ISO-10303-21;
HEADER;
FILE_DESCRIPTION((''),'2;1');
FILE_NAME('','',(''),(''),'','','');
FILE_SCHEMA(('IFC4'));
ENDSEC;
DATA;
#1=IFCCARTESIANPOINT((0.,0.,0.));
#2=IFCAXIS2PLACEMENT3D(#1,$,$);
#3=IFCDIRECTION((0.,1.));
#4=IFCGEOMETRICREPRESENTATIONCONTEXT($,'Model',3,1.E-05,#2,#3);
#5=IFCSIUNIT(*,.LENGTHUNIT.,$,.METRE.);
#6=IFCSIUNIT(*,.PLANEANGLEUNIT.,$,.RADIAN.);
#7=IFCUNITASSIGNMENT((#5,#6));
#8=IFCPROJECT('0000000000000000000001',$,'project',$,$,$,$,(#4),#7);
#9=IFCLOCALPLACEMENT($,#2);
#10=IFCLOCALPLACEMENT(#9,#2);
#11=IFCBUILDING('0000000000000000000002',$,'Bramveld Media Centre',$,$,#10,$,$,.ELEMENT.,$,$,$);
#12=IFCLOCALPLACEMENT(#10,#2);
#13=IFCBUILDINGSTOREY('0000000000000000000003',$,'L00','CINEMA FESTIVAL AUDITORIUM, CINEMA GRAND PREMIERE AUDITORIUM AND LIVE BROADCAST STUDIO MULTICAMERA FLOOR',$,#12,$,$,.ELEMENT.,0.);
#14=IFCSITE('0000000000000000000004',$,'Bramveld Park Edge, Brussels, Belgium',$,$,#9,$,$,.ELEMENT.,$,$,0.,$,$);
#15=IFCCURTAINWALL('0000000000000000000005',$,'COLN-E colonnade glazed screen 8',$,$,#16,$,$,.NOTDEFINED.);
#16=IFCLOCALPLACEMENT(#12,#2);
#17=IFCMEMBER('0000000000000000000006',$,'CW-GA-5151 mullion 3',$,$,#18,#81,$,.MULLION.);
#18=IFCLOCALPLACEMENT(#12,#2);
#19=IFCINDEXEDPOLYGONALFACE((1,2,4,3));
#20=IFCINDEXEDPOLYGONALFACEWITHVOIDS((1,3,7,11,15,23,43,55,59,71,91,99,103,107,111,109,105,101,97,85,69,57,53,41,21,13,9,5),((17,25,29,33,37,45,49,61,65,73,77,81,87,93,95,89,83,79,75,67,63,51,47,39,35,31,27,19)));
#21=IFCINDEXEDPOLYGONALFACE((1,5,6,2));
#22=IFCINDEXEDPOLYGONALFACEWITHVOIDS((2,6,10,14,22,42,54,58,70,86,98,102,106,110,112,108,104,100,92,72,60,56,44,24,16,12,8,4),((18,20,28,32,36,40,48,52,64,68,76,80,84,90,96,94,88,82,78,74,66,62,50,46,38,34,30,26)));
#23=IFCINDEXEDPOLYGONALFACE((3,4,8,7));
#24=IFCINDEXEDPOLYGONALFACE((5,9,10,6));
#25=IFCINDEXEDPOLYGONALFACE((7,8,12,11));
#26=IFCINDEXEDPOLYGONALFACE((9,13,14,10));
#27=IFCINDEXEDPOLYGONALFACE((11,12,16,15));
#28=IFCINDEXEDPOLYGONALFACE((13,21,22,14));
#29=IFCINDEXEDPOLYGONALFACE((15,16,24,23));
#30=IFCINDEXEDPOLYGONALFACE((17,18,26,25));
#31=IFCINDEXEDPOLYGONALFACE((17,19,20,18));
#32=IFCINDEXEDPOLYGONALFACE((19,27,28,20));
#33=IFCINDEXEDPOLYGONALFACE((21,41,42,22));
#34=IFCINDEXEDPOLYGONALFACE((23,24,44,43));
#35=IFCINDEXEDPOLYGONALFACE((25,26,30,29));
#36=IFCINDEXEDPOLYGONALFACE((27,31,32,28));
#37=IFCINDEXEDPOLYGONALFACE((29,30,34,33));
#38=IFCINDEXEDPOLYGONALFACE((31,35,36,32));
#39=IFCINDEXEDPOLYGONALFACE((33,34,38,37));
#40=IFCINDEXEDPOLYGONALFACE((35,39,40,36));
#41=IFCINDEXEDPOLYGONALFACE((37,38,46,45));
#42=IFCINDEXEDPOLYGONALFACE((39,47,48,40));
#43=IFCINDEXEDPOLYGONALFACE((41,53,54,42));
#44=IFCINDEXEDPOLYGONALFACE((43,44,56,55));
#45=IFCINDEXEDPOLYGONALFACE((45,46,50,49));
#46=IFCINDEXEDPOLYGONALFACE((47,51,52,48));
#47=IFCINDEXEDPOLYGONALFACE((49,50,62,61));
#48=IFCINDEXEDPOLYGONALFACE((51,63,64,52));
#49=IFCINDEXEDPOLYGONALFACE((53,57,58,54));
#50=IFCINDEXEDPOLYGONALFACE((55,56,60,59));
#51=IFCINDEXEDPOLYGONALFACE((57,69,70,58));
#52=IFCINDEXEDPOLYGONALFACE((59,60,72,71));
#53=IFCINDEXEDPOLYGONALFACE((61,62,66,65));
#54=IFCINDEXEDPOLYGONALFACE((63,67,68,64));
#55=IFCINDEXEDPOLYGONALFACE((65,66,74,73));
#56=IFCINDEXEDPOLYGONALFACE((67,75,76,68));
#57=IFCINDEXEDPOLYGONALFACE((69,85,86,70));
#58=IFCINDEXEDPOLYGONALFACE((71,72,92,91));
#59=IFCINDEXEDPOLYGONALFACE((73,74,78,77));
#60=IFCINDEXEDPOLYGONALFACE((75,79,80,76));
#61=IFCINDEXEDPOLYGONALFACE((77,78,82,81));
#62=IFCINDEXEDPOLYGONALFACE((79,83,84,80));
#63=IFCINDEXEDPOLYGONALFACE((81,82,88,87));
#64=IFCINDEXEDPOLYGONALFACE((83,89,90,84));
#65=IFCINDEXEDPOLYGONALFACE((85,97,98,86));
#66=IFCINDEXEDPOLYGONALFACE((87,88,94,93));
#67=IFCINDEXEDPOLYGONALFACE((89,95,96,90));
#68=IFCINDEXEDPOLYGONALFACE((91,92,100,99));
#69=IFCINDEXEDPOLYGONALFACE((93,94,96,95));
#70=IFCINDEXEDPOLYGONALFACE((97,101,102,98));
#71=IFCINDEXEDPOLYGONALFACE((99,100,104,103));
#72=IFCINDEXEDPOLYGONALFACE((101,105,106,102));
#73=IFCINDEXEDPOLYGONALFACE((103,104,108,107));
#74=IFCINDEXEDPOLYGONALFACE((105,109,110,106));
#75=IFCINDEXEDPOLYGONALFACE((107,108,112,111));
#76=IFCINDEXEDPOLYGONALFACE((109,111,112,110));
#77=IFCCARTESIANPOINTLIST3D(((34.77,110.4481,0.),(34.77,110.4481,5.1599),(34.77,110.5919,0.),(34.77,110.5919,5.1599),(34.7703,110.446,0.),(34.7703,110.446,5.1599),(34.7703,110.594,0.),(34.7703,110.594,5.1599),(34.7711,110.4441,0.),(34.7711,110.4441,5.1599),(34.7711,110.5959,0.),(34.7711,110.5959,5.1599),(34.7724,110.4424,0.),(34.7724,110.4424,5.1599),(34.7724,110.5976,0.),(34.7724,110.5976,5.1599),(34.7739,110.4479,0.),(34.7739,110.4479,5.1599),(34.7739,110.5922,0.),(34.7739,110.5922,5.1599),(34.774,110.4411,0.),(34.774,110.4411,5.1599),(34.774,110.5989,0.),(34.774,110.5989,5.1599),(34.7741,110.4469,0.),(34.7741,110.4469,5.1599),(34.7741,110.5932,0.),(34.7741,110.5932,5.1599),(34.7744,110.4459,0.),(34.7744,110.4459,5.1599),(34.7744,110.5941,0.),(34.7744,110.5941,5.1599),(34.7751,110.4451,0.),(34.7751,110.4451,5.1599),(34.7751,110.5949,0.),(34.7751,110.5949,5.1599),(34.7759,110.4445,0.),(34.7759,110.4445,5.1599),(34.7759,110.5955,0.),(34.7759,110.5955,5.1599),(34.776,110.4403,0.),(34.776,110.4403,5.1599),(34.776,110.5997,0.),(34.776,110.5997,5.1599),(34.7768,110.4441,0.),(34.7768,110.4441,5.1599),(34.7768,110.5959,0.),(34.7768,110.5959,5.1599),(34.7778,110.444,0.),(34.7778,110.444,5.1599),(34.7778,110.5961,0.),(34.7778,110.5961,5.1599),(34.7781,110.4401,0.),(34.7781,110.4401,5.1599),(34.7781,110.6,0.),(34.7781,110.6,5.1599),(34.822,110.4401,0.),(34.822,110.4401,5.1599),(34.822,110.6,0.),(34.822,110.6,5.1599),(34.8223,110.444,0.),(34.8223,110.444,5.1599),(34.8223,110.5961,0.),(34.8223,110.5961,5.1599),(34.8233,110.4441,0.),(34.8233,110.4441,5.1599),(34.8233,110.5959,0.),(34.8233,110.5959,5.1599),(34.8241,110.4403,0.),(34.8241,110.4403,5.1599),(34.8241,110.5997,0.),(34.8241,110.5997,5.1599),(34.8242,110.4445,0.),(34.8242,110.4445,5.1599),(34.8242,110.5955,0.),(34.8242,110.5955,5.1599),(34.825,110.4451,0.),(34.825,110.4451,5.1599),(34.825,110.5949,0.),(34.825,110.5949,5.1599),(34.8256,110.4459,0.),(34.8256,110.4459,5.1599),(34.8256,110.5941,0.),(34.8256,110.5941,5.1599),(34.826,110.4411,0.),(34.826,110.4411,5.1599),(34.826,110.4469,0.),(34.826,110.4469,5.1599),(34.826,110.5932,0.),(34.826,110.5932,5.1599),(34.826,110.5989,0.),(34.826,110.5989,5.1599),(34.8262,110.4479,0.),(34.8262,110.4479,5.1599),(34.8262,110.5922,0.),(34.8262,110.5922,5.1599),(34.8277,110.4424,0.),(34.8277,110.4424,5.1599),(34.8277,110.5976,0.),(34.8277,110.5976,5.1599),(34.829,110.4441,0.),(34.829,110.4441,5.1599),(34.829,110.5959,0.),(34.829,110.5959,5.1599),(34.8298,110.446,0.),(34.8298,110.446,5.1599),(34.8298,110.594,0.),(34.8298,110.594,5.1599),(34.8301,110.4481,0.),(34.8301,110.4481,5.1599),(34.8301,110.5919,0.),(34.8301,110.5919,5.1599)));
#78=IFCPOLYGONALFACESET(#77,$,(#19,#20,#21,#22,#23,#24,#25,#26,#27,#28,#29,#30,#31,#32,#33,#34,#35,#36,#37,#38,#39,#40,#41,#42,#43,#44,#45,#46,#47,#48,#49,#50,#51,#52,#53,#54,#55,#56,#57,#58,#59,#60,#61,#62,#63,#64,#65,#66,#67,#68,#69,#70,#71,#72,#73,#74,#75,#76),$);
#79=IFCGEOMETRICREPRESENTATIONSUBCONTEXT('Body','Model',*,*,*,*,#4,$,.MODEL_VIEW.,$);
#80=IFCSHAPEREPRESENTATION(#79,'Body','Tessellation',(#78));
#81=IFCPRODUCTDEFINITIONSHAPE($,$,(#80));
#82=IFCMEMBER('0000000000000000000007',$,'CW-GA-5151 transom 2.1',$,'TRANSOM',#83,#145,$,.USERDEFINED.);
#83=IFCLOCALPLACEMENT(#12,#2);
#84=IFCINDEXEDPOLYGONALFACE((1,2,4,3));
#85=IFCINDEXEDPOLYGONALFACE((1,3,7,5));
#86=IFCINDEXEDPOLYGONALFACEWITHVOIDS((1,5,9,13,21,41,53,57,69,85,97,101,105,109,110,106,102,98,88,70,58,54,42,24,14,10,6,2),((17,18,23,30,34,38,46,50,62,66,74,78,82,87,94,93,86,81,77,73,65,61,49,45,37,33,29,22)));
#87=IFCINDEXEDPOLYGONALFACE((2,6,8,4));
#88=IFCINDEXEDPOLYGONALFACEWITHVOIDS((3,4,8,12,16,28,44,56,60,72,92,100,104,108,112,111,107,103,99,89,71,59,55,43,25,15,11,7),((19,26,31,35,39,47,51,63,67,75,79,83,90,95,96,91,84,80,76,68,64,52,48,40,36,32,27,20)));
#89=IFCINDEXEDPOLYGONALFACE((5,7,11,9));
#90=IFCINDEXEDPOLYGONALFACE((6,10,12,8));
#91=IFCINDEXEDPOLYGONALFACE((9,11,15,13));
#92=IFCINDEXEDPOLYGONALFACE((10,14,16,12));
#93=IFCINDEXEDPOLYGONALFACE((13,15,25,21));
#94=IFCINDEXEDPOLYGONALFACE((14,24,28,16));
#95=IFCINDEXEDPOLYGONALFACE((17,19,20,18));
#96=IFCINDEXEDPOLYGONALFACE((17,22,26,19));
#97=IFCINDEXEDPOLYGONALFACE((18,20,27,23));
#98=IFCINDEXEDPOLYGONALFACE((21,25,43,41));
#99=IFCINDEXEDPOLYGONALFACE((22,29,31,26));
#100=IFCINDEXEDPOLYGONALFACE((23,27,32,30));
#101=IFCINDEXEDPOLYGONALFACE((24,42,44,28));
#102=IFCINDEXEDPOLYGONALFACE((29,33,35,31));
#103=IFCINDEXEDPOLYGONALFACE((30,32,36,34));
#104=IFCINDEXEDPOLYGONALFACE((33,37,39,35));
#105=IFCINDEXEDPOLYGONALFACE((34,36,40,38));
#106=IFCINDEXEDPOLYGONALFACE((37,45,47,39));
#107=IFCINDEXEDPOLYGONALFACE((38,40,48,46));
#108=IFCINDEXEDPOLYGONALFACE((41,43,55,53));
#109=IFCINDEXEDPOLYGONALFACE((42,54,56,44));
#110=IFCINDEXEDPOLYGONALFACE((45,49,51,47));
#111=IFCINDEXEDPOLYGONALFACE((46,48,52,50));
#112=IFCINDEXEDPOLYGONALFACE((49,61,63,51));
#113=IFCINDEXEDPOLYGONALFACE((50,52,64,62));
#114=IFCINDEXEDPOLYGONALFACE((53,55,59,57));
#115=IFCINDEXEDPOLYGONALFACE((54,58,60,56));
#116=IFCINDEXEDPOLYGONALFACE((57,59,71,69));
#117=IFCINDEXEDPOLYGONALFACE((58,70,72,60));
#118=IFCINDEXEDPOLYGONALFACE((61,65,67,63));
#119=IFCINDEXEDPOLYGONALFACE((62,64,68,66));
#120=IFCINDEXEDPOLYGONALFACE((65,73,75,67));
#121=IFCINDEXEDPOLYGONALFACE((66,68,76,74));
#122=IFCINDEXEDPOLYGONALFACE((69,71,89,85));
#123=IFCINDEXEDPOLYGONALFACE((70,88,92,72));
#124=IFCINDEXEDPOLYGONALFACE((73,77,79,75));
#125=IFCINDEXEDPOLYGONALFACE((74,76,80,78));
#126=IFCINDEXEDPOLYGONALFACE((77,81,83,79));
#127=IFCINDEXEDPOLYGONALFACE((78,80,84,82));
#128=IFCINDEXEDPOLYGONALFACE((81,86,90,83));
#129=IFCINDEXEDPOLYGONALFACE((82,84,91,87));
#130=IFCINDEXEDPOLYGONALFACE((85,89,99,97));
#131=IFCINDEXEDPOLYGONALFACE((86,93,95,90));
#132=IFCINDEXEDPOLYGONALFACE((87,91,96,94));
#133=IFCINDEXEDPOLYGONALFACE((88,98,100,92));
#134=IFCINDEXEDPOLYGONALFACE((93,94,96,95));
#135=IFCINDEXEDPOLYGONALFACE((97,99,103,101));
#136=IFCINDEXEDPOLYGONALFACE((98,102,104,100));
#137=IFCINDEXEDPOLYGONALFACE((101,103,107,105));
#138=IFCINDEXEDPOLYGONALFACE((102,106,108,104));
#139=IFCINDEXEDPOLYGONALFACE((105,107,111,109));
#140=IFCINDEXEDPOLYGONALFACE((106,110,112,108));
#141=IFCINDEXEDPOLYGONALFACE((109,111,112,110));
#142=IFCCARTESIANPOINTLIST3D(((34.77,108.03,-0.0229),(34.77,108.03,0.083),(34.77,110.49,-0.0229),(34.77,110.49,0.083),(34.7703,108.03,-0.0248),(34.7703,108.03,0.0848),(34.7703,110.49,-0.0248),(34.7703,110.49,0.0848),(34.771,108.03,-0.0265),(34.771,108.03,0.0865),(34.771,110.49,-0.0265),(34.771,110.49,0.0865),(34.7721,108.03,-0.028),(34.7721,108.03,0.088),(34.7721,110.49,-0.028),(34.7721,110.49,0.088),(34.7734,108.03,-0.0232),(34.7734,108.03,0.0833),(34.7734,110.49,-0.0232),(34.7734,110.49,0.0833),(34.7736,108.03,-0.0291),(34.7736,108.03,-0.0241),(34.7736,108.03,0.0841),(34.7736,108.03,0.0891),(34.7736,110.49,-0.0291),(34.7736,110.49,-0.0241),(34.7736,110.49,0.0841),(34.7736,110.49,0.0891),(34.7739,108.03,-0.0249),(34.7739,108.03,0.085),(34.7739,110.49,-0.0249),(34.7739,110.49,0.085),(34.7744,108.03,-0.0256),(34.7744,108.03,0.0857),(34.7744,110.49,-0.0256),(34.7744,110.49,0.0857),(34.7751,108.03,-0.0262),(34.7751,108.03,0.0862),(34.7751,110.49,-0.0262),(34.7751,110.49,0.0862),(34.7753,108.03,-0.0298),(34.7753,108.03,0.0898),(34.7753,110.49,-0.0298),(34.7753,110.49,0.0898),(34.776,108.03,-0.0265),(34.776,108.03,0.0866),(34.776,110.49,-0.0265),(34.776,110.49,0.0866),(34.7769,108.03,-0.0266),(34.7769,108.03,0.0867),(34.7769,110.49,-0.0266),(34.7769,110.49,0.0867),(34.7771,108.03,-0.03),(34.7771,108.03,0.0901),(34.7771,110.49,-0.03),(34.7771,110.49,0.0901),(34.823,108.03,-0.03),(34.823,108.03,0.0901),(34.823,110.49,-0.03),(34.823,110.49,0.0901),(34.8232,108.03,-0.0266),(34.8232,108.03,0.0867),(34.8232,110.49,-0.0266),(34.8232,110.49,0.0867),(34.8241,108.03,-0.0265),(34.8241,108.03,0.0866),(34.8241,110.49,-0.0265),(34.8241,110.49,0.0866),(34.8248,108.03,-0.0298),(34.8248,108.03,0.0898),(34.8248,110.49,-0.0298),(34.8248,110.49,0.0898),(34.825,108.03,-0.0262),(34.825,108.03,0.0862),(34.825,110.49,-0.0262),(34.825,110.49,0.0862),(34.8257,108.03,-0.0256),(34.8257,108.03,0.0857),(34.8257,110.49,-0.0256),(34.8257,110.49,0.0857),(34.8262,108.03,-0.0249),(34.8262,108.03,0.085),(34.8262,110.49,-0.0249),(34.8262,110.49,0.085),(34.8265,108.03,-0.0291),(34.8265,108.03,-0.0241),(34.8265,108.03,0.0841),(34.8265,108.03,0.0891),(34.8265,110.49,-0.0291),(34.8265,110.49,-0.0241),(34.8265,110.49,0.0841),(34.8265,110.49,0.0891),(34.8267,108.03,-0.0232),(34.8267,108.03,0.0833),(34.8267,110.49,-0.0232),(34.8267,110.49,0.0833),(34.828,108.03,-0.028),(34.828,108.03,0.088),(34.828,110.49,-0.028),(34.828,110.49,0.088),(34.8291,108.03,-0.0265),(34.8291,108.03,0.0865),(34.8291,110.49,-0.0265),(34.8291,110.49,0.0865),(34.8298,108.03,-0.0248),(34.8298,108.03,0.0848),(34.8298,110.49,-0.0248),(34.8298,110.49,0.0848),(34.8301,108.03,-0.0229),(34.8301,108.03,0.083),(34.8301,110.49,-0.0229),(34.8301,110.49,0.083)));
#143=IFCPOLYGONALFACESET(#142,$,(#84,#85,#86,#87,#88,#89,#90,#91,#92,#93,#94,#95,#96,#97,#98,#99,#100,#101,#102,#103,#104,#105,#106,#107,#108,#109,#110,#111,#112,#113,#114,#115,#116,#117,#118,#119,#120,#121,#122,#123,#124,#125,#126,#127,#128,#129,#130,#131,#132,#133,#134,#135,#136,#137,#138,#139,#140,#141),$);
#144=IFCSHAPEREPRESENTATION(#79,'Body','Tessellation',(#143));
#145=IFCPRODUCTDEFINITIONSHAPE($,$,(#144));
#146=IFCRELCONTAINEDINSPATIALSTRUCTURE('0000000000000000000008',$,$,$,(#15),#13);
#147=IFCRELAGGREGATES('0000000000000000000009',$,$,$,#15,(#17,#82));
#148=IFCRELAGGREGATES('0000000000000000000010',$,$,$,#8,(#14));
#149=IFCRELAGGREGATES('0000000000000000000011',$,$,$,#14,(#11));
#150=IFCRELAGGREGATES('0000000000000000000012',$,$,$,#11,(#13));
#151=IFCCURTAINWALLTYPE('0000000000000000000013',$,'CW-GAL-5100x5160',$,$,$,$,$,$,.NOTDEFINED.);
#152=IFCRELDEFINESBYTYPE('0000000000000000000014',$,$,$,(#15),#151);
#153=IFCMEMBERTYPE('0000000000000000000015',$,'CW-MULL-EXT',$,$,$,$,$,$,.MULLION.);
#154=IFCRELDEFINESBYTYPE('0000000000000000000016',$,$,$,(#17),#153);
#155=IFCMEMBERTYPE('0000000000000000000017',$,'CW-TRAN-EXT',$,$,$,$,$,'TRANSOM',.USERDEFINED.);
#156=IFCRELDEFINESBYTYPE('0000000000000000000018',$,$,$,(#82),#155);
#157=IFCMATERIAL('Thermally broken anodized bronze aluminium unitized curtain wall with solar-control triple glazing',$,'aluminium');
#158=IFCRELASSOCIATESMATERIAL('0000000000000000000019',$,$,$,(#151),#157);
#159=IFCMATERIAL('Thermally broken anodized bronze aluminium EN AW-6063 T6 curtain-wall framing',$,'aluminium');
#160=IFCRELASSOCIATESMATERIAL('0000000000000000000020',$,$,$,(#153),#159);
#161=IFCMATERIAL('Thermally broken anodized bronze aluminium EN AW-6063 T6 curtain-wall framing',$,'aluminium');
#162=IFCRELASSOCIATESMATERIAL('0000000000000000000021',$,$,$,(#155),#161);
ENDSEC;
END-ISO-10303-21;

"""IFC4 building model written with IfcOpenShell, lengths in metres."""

from ifc_helpers import new_model, si_unit, direction, frame, origin, origin_2d, place, context, subcontext, project, spatial, hollow_rectangle, extrude, material, material_profile, profile_set, type_object, element, aggregate, save


model = new_model("IFC4")

# Units and contexts
model_context = context("Model", 3, precision=1e-05, world=origin(), true_north=direction((0.0, 1.0)))
body_context = subcontext(model_context, "Body", "Model", "MODEL_VIEW")
ifc_project = project(units=[si_unit("LENGTHUNIT", "METRE"), si_unit("PLANEANGLEUNIT", "RADIAN")], contexts=[model_context])

# Site, building, storey
site_placement = place(None, origin())
site = spatial("IfcSite", under=ifc_project, at=site_placement, Name="Bramveld Park Edge, Brussels, Belgium", CompositionType="ELEMENT", RefElevation=0.0)
building_placement = place(site_placement, origin())
building = spatial("IfcBuilding", under=site, at=building_placement, Name="Bramveld Media Centre", CompositionType="ELEMENT")
storey_placement = place(building_placement, origin())
storey = spatial("IfcBuildingStorey", under=building, at=storey_placement, Name="L00", Description="CINEMA FESTIVAL AUDITORIUM, CINEMA GRAND PREMIERE AUDITORIUM AND LIVE BROADCAST STUDIO MULTICAMERA FLOOR", CompositionType="ELEMENT", Elevation=0.0)

# Curtain wall, members
ifc_material_1 = material(Name="Thermally broken anodized bronze aluminium unitized curtain wall with solar-control triple glazing", Category="aluminium")
curtain_wall_type = type_object("IfcCurtainWallType", Name="CW-GAL-5100x5160", PredefinedType="NOTDEFINED", material=ifc_material_1)
curtain_wall_placement = place(storey_placement, origin())
curtain_wall = element("IfcCurtainWall", 1, at=curtain_wall_placement, inside=storey, type_object=curtain_wall_type, Name="COLN-E colonnade glazed screen 8", PredefinedType="NOTDEFINED")
ifc_material_2 = material(Name="Thermally broken anodized bronze aluminium EN AW-6063 T6 curtain-wall framing", Category="aluminium")
ifc_material_profile_1 = material_profile(ifc_material_2, hollow_rectangle(XDim=0.0601, YDim=0.1599, WallThickness=0.0039, InnerFilletRadius=0.0039, OuterFilletRadius=0.0081, at=origin_2d()), Name="AL-MULL 60x160")
ifc_profile_set_1 = profile_set([ifc_material_profile_1], Name="Thermally broken anodized bronze aluminium EN AW-6063 T6 curtain-wall framing")
member_type_1 = type_object("IfcMemberType", Name="CW-MULL-EXT", PredefinedType="MULLION", material=ifc_profile_set_1)
member_1_placement = place(storey_placement, frame((34.8, 110.52, 0.0), z_axis=(0.0, 0.0, 1.0), x_axis=(-1.0, 0.0, 0.0)))
member_1 = element("IfcMember", 2, at=member_1_placement, type_object=member_type_1, Name="CW-GA-5151 mullion 3", PredefinedType="MULLION", context=body_context, shape_type="SweptSolid", body=[
    extrude(hollow_rectangle(XDim=0.0601, YDim=0.1599, WallThickness=0.0039, InnerFilletRadius=0.0039, OuterFilletRadius=0.0081, at=origin_2d()), origin(), (0.0, 0.0, 1.0), 5.1599),
])
ifc_material_3 = material(Name="Thermally broken anodized bronze aluminium EN AW-6063 T6 curtain-wall framing", Category="aluminium")
ifc_material_profile_2 = material_profile(ifc_material_3, hollow_rectangle(XDim=0.0601, YDim=0.1201, WallThickness=0.0034, InnerFilletRadius=0.0034, OuterFilletRadius=0.0071, at=origin_2d()), Name="AL-TRAN 60x120")
ifc_profile_set_2 = profile_set([ifc_material_profile_2], Name="Thermally broken anodized bronze aluminium EN AW-6063 T6 curtain-wall framing")
member_type_2 = type_object("IfcMemberType", Name="CW-TRAN-EXT", ElementType="TRANSOM", PredefinedType="USERDEFINED", material=ifc_profile_set_2)
member_2_placement = place(storey_placement, frame((34.8, 108.03, 0.03), z_axis=(0.0, 1.0, 0.0), x_axis=(-1.0, 0.0, 0.0)))
member_2 = element("IfcMember", 3, at=member_2_placement, type_object=member_type_2, Name="CW-GA-5151 transom 2.1", ObjectType="TRANSOM", PredefinedType="USERDEFINED", context=body_context, shape_type="SweptSolid", body=[
    extrude(hollow_rectangle(XDim=0.0601, YDim=0.1201, WallThickness=0.0034, InnerFilletRadius=0.0034, OuterFilletRadius=0.0071, at=origin_2d()), origin(), (0.0, 0.0, 1.0), 2.46),
])

aggregate(curtain_wall, [member_1, member_2])

save(model, "model.ifc")
